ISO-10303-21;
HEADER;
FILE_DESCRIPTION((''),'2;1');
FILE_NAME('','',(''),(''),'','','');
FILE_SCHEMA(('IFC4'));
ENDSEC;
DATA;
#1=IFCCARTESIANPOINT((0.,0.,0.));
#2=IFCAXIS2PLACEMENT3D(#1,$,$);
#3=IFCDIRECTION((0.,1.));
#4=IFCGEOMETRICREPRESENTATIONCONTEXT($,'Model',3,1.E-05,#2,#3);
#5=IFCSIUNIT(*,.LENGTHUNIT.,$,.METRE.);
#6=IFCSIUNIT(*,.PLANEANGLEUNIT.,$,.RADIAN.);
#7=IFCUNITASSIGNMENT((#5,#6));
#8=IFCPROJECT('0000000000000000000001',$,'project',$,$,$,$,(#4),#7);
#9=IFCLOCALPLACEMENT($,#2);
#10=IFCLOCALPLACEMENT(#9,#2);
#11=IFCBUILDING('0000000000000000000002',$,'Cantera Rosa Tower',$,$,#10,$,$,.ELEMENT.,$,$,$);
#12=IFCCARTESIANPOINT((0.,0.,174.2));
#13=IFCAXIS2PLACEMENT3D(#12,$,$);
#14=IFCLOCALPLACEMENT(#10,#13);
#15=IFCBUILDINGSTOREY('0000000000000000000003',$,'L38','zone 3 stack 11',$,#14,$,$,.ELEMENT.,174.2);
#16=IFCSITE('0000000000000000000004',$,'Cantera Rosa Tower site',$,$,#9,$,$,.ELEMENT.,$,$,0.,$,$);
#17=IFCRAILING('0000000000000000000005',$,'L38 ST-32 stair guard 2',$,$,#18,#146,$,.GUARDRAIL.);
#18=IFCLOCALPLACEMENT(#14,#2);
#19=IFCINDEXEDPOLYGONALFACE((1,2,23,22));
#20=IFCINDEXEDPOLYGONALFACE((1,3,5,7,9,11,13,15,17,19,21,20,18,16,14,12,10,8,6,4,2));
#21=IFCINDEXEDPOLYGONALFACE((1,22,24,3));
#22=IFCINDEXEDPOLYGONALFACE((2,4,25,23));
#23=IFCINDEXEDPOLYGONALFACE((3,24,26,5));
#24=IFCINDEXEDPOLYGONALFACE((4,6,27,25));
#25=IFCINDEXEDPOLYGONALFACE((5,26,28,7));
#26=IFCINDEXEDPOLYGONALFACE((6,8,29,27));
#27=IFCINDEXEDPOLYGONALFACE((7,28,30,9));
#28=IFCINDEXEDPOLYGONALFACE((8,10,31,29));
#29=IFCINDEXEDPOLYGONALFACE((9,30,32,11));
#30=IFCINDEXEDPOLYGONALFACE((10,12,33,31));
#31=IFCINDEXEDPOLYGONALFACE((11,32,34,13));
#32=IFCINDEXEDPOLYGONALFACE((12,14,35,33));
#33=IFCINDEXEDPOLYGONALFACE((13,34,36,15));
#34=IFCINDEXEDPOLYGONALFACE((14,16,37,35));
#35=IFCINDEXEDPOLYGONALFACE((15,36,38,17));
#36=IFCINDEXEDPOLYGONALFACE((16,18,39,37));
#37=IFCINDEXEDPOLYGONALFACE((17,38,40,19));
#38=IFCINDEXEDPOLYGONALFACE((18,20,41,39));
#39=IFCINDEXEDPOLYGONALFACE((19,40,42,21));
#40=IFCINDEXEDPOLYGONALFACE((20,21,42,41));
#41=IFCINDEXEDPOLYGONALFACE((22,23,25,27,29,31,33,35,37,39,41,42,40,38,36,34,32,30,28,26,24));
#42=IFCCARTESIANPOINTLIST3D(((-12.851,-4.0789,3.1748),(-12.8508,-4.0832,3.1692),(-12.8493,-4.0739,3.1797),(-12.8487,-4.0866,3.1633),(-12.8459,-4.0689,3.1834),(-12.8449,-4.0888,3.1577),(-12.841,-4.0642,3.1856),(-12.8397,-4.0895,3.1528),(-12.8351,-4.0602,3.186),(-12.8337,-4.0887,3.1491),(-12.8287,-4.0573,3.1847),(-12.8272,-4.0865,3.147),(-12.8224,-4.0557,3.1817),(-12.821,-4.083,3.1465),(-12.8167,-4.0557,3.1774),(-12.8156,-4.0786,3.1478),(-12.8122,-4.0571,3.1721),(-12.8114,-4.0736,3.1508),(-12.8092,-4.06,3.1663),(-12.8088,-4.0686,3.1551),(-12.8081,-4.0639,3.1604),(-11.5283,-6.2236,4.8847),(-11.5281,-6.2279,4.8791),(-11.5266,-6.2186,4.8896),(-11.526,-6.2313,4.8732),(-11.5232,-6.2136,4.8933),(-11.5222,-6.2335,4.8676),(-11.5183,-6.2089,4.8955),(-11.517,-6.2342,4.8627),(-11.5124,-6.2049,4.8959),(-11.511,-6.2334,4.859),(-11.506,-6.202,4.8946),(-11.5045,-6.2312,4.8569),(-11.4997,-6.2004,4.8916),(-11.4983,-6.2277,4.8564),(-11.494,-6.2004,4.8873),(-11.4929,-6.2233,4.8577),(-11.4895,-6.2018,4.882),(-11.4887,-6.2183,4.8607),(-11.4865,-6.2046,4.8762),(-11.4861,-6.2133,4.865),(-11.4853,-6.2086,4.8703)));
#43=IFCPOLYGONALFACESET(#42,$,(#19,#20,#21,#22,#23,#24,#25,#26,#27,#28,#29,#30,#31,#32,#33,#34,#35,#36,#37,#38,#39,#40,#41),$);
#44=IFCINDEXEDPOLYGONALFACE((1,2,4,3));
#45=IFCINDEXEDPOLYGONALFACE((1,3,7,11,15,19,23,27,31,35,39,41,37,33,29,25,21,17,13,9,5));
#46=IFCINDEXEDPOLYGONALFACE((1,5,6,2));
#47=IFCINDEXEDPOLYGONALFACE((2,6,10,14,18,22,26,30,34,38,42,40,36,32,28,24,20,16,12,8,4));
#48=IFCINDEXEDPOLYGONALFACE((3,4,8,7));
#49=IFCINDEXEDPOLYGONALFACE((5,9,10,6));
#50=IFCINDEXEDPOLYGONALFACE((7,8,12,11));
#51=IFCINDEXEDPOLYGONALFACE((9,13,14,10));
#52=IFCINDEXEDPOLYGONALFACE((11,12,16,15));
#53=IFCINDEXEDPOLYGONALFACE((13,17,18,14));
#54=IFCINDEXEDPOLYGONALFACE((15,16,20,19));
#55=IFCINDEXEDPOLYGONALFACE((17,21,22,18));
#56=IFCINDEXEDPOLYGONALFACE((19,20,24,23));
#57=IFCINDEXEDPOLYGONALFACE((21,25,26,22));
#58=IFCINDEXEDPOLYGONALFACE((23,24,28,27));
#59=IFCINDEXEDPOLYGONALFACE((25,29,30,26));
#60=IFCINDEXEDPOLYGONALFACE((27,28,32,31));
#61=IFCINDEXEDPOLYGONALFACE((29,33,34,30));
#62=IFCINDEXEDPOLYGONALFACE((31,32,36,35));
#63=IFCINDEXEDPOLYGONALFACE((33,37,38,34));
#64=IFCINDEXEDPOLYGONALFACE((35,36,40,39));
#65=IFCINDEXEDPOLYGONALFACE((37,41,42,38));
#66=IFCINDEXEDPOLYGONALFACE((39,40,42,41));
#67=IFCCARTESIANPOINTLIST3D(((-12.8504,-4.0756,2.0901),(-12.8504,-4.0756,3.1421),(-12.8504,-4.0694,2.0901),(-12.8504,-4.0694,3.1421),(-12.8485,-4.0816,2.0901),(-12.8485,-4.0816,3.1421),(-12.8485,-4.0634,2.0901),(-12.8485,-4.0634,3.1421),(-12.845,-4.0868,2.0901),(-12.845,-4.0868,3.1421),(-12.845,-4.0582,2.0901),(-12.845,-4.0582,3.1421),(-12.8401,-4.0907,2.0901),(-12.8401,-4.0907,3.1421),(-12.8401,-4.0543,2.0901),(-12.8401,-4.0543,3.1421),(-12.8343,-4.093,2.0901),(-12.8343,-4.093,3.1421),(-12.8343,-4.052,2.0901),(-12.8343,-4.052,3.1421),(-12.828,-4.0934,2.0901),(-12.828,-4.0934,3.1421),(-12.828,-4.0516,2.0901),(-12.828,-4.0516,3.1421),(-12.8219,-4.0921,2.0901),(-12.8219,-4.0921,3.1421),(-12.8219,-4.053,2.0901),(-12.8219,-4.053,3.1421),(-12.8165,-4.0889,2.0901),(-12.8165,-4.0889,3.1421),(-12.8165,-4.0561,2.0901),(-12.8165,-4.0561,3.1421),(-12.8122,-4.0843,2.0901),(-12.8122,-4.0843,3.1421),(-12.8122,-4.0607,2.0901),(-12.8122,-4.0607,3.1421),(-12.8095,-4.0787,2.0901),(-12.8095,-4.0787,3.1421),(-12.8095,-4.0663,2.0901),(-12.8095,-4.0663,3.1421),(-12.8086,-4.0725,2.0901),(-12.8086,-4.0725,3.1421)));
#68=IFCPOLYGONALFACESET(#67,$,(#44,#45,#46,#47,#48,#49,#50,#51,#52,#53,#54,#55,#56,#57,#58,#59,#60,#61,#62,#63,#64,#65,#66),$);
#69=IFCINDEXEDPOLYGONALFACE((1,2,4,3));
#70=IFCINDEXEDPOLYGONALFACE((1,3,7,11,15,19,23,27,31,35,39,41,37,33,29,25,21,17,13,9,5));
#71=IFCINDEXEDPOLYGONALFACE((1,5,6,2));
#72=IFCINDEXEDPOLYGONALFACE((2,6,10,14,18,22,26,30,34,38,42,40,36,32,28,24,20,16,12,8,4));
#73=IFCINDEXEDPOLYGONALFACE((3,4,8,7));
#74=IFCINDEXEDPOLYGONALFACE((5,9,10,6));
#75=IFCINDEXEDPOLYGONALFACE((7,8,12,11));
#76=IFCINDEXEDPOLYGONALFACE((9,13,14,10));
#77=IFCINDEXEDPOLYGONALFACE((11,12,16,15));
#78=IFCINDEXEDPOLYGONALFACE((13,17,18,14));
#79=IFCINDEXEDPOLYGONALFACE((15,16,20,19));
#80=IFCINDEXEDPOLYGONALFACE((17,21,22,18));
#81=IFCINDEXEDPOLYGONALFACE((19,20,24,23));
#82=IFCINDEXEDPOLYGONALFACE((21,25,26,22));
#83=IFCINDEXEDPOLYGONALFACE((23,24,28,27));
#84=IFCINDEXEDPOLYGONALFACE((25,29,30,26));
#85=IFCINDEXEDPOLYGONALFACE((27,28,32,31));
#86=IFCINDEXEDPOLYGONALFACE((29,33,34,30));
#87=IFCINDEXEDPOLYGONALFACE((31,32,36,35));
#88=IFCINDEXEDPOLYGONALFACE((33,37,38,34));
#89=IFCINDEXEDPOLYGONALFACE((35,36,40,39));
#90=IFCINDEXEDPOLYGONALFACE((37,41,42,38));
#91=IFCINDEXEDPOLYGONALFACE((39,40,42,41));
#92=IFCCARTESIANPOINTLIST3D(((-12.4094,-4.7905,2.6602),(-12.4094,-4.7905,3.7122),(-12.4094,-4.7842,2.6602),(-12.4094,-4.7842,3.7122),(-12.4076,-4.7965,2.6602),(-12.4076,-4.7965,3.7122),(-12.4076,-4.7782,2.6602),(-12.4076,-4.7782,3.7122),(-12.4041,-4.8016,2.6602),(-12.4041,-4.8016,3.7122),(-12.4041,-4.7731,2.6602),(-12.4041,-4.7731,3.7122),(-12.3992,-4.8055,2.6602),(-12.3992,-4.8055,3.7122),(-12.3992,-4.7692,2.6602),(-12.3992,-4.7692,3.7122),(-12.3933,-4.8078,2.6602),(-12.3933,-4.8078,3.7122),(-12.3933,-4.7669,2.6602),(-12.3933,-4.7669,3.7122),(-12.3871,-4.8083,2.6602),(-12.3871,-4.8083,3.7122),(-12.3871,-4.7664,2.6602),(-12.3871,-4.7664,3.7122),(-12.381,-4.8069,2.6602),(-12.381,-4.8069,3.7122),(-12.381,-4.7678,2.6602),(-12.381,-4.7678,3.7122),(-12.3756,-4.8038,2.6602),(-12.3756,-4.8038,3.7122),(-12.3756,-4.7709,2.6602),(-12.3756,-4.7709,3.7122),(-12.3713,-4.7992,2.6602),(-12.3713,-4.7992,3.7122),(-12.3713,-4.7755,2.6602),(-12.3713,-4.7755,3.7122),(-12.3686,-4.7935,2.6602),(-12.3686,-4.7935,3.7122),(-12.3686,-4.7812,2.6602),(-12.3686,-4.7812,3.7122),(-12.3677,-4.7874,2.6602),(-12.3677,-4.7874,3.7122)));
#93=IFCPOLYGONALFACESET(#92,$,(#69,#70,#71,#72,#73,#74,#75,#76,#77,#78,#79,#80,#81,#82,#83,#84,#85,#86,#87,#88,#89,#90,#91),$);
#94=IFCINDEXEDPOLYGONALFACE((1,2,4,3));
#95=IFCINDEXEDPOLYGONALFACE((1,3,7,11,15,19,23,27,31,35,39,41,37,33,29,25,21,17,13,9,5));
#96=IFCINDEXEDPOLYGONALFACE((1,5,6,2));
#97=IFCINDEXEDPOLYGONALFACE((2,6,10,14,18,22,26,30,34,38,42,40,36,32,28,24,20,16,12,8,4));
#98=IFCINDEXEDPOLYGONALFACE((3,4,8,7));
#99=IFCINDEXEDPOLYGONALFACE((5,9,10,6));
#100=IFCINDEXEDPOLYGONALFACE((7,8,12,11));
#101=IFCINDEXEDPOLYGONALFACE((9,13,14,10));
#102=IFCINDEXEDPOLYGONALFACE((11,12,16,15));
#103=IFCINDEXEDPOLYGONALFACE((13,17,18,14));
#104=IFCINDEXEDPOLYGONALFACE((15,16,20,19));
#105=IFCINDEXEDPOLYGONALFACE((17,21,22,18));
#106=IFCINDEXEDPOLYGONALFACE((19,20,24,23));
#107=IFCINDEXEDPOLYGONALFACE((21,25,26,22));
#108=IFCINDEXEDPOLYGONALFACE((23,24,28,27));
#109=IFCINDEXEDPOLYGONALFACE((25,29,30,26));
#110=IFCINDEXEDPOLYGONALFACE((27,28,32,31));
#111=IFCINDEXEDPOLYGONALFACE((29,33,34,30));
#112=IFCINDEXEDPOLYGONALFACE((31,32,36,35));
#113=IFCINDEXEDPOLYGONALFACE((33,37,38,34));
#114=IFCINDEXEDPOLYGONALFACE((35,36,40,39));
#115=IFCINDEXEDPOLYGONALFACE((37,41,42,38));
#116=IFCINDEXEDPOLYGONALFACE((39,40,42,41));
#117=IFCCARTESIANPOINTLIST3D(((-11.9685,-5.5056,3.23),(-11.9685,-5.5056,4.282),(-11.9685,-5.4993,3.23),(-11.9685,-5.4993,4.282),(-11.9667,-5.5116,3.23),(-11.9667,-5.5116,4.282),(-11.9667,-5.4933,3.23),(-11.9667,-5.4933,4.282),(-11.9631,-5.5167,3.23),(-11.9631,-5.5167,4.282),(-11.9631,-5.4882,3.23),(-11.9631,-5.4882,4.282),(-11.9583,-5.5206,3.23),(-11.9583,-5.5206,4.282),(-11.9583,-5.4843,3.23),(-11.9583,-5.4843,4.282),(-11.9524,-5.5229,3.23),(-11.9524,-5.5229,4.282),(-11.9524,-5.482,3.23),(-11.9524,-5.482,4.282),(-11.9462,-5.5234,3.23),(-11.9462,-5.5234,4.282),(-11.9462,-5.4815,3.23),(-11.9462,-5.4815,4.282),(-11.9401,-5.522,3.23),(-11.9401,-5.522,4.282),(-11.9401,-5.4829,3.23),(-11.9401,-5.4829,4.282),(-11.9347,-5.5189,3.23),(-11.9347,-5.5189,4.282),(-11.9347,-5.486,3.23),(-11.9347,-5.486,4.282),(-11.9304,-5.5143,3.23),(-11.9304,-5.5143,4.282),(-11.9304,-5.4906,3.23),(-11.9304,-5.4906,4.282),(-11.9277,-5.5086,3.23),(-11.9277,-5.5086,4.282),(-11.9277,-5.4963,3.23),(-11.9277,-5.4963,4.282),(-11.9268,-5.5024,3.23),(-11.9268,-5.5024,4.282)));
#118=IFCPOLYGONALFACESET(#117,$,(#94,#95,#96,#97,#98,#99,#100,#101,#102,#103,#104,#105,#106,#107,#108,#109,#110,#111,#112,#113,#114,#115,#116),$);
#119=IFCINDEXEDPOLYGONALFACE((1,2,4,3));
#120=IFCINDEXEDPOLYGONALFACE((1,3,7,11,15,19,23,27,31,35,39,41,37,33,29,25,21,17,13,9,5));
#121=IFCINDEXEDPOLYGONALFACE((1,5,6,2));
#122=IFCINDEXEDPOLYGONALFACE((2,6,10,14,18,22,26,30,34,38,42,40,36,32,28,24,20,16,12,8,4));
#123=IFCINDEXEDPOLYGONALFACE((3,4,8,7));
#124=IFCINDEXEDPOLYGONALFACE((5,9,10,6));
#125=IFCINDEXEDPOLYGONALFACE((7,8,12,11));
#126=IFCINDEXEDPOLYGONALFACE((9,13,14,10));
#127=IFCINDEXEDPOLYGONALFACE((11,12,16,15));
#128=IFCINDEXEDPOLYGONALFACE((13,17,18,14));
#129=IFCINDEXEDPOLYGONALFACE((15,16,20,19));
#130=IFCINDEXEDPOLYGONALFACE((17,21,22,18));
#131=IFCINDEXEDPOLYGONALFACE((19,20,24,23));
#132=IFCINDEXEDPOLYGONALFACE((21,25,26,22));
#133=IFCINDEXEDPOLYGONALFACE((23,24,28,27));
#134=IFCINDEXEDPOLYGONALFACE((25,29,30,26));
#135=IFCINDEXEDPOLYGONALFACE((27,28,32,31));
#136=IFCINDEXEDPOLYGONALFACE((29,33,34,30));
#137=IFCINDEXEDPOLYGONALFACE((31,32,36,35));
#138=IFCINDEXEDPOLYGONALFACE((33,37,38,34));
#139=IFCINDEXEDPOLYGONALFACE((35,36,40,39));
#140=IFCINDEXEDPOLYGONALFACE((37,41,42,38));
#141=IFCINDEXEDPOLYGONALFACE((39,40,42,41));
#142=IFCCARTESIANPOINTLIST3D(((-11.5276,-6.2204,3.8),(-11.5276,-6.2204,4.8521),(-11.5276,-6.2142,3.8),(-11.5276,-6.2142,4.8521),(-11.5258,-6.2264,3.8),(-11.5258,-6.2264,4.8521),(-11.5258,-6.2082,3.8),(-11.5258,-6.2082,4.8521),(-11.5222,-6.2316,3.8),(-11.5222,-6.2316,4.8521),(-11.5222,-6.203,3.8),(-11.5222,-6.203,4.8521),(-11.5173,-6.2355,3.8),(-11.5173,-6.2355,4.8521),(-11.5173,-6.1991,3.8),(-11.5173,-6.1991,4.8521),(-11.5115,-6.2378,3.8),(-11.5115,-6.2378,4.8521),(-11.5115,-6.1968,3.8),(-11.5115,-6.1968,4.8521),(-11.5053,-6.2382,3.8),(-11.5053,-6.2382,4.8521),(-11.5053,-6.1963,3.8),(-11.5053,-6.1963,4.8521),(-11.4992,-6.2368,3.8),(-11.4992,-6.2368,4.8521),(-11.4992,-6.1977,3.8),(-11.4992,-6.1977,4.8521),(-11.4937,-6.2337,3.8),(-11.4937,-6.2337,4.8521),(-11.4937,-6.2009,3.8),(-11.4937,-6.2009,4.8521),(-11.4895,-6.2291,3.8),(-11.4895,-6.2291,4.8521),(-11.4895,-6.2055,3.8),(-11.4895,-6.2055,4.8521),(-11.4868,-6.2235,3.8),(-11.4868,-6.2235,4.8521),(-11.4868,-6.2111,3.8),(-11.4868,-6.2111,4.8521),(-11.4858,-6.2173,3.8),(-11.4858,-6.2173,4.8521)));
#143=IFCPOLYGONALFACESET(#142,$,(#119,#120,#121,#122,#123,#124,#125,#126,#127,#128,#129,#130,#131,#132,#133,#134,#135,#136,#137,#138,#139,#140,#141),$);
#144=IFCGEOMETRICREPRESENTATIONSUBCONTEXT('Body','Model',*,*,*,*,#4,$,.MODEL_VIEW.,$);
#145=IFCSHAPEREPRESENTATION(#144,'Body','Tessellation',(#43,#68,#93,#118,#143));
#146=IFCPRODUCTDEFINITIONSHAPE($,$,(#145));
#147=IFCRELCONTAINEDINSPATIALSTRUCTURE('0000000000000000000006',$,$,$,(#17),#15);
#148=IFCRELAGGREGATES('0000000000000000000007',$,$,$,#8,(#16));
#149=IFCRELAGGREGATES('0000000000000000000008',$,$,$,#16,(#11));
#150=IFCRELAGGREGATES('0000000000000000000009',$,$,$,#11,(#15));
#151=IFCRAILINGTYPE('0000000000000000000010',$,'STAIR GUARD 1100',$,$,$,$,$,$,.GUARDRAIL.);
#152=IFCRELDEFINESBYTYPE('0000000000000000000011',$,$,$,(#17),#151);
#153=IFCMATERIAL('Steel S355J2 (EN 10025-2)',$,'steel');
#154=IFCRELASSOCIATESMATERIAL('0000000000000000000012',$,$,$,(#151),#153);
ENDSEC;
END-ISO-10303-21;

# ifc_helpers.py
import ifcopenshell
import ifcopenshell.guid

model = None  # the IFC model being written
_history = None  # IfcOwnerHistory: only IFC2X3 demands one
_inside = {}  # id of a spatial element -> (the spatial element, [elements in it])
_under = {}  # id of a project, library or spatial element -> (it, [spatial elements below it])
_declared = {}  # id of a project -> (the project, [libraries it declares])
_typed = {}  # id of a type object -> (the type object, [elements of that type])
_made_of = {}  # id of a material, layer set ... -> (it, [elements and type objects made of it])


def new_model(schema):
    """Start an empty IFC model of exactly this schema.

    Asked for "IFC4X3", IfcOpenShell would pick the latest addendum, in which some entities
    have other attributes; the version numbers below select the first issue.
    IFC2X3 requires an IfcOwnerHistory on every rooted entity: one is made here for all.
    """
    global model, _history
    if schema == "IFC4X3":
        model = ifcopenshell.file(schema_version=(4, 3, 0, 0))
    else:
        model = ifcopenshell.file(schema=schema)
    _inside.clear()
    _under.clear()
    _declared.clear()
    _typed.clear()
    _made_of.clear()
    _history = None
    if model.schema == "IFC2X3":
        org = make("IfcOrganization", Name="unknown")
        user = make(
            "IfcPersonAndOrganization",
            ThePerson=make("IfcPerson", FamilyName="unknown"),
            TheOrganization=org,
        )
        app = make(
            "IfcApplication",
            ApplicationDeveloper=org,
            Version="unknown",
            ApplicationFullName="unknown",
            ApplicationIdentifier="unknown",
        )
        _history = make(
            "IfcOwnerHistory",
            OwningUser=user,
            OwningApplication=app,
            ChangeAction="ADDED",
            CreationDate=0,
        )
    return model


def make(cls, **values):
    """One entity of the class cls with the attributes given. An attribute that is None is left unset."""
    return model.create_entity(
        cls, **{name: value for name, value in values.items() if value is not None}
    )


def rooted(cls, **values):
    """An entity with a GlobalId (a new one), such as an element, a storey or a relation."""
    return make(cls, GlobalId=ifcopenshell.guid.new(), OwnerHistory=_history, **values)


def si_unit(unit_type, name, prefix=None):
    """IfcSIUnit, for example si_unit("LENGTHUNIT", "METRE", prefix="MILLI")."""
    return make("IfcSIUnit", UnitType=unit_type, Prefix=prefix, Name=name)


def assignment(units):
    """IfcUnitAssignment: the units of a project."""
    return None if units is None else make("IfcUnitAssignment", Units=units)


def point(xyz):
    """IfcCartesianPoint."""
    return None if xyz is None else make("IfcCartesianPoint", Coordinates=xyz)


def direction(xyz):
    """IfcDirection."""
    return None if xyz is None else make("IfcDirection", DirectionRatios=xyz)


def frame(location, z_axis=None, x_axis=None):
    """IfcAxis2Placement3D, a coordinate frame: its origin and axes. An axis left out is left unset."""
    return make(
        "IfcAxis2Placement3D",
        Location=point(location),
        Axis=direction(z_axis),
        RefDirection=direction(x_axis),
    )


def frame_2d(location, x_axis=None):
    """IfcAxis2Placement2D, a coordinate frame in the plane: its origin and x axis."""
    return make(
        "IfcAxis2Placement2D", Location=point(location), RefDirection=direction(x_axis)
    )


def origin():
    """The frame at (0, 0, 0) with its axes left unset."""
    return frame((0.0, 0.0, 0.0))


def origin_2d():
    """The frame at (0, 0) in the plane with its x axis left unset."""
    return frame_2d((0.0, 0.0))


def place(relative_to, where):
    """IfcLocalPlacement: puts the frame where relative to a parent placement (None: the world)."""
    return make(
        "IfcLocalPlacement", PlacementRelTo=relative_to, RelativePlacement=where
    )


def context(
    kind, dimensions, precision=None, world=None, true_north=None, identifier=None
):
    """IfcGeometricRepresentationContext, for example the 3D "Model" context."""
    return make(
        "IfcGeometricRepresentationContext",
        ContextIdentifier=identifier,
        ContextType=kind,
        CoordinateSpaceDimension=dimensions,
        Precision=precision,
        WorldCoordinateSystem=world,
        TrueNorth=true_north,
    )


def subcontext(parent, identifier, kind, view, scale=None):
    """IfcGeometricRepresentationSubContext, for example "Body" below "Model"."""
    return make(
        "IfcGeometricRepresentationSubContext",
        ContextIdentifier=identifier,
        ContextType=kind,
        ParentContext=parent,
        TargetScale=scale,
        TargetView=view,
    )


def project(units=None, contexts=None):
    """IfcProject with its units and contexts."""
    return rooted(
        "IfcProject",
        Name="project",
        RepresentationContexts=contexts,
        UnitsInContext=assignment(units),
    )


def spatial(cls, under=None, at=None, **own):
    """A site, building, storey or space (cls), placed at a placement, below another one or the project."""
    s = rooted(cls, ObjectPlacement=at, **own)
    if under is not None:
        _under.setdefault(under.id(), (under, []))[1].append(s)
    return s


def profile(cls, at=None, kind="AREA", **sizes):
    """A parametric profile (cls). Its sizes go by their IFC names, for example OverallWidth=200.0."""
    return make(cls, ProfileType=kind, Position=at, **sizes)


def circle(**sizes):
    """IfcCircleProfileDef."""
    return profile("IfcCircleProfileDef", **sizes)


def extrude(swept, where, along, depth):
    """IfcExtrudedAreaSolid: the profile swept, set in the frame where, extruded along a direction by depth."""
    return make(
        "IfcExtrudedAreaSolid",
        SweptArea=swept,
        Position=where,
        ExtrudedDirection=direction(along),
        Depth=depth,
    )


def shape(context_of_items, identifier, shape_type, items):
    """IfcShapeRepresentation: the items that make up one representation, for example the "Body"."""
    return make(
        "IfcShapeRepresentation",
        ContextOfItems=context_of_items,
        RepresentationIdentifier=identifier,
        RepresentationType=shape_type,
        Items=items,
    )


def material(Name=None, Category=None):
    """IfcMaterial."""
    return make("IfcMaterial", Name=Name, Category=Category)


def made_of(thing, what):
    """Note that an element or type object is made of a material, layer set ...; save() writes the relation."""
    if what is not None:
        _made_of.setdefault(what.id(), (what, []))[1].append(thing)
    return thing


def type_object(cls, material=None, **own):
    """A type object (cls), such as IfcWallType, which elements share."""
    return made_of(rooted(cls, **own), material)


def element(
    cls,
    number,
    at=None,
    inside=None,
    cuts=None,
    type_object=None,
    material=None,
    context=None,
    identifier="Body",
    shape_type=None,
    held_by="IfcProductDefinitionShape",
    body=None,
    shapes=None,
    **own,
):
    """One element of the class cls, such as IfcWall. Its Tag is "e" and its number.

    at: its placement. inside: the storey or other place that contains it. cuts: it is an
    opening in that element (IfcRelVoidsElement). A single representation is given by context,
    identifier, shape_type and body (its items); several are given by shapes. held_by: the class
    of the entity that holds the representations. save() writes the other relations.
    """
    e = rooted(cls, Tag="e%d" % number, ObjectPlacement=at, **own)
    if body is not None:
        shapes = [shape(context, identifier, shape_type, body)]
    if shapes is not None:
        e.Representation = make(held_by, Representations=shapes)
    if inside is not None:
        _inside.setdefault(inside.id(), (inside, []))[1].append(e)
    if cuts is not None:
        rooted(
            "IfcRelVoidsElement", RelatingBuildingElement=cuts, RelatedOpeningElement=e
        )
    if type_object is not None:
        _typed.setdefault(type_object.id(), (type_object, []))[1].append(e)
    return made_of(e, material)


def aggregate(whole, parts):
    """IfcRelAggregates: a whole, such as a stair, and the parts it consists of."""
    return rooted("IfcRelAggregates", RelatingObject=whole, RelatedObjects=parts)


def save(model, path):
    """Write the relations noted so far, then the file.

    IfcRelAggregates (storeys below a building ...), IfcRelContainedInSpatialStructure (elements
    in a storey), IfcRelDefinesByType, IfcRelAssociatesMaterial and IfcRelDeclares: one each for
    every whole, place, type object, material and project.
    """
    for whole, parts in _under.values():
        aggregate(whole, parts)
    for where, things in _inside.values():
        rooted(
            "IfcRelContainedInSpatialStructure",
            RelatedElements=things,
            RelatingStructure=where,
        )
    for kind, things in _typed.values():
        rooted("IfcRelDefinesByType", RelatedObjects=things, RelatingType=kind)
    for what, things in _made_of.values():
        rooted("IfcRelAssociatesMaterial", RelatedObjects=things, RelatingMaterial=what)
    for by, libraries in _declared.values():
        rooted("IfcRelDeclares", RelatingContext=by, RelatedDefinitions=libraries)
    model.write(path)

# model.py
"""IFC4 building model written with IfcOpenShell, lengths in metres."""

from ifc_helpers import new_model, si_unit, direction, frame, origin, origin_2d, place, context, subcontext, project, spatial, circle, extrude, material, type_object, element, save


model = new_model("IFC4")

# Units and contexts
model_context = context("Model", 3, precision=1e-05, world=origin(), true_north=direction((0.0, 1.0)))
body_context = subcontext(model_context, "Body", "Model", "MODEL_VIEW")
ifc_project = project(units=[si_unit("LENGTHUNIT", "METRE"), si_unit("PLANEANGLEUNIT", "RADIAN")], contexts=[model_context])

# Site, building, storey
site_placement = place(None, origin())
site = spatial("IfcSite", under=ifc_project, at=site_placement, Name="Cantera Rosa Tower site", CompositionType="ELEMENT", RefElevation=0.0)
building_placement = place(site_placement, origin())
building = spatial("IfcBuilding", under=site, at=building_placement, Name="Cantera Rosa Tower", CompositionType="ELEMENT")
storey_placement = place(building_placement, frame((0.0, 0.0, 174.2)))
storey = spatial("IfcBuildingStorey", under=building, at=storey_placement, Name="L38", Description="zone 3 stack 11", CompositionType="ELEMENT", Elevation=174.2)

# Railing
ifc_material_1 = material(Name="Steel S355J2 (EN 10025-2)", Category="steel")
railing_type = type_object("IfcRailingType", Name="STAIR GUARD 1100", PredefinedType="GUARDRAIL", material=ifc_material_1)
railing_1_placement = place(storey_placement, frame((-12.8296, -4.0725, 2.0901)))
element("IfcRailing", 1, at=railing_1_placement, inside=storey, type_object=railing_type, Name="L38 ST-32 stair guard 2", PredefinedType="GUARDRAIL", context=body_context, shape_type="SweptSolid", body=[
    extrude(circle(Radius=0.0239, at=origin_2d()), frame((0.0, 0.0, 1.0762), z_axis=(0.434363, -0.704296, 0.561513), x_axis=(0.851146, 0.52493, 0.0)), (0.0, 0.0, 1.0), 3.0452),
    extrude(circle(Radius=0.021, at=origin_2d()), origin(), (0.0, 0.0, 1.0), 1.052),
    extrude(circle(Radius=0.021, at=origin_2d()), frame((0.4409, -0.7148, 0.5701)), (0.0, 0.0, 1.0), 1.052),
    extrude(circle(Radius=0.021, at=origin_2d()), frame((0.8818, -1.4299, 1.1399)), (0.0, 0.0, 1.0), 1.052),
    extrude(circle(Radius=0.021, at=origin_2d()), frame((1.3228, -2.1448, 1.71)), (0.0, 0.0, 1.0), 1.052),
])

save(model, "model.ifc")
